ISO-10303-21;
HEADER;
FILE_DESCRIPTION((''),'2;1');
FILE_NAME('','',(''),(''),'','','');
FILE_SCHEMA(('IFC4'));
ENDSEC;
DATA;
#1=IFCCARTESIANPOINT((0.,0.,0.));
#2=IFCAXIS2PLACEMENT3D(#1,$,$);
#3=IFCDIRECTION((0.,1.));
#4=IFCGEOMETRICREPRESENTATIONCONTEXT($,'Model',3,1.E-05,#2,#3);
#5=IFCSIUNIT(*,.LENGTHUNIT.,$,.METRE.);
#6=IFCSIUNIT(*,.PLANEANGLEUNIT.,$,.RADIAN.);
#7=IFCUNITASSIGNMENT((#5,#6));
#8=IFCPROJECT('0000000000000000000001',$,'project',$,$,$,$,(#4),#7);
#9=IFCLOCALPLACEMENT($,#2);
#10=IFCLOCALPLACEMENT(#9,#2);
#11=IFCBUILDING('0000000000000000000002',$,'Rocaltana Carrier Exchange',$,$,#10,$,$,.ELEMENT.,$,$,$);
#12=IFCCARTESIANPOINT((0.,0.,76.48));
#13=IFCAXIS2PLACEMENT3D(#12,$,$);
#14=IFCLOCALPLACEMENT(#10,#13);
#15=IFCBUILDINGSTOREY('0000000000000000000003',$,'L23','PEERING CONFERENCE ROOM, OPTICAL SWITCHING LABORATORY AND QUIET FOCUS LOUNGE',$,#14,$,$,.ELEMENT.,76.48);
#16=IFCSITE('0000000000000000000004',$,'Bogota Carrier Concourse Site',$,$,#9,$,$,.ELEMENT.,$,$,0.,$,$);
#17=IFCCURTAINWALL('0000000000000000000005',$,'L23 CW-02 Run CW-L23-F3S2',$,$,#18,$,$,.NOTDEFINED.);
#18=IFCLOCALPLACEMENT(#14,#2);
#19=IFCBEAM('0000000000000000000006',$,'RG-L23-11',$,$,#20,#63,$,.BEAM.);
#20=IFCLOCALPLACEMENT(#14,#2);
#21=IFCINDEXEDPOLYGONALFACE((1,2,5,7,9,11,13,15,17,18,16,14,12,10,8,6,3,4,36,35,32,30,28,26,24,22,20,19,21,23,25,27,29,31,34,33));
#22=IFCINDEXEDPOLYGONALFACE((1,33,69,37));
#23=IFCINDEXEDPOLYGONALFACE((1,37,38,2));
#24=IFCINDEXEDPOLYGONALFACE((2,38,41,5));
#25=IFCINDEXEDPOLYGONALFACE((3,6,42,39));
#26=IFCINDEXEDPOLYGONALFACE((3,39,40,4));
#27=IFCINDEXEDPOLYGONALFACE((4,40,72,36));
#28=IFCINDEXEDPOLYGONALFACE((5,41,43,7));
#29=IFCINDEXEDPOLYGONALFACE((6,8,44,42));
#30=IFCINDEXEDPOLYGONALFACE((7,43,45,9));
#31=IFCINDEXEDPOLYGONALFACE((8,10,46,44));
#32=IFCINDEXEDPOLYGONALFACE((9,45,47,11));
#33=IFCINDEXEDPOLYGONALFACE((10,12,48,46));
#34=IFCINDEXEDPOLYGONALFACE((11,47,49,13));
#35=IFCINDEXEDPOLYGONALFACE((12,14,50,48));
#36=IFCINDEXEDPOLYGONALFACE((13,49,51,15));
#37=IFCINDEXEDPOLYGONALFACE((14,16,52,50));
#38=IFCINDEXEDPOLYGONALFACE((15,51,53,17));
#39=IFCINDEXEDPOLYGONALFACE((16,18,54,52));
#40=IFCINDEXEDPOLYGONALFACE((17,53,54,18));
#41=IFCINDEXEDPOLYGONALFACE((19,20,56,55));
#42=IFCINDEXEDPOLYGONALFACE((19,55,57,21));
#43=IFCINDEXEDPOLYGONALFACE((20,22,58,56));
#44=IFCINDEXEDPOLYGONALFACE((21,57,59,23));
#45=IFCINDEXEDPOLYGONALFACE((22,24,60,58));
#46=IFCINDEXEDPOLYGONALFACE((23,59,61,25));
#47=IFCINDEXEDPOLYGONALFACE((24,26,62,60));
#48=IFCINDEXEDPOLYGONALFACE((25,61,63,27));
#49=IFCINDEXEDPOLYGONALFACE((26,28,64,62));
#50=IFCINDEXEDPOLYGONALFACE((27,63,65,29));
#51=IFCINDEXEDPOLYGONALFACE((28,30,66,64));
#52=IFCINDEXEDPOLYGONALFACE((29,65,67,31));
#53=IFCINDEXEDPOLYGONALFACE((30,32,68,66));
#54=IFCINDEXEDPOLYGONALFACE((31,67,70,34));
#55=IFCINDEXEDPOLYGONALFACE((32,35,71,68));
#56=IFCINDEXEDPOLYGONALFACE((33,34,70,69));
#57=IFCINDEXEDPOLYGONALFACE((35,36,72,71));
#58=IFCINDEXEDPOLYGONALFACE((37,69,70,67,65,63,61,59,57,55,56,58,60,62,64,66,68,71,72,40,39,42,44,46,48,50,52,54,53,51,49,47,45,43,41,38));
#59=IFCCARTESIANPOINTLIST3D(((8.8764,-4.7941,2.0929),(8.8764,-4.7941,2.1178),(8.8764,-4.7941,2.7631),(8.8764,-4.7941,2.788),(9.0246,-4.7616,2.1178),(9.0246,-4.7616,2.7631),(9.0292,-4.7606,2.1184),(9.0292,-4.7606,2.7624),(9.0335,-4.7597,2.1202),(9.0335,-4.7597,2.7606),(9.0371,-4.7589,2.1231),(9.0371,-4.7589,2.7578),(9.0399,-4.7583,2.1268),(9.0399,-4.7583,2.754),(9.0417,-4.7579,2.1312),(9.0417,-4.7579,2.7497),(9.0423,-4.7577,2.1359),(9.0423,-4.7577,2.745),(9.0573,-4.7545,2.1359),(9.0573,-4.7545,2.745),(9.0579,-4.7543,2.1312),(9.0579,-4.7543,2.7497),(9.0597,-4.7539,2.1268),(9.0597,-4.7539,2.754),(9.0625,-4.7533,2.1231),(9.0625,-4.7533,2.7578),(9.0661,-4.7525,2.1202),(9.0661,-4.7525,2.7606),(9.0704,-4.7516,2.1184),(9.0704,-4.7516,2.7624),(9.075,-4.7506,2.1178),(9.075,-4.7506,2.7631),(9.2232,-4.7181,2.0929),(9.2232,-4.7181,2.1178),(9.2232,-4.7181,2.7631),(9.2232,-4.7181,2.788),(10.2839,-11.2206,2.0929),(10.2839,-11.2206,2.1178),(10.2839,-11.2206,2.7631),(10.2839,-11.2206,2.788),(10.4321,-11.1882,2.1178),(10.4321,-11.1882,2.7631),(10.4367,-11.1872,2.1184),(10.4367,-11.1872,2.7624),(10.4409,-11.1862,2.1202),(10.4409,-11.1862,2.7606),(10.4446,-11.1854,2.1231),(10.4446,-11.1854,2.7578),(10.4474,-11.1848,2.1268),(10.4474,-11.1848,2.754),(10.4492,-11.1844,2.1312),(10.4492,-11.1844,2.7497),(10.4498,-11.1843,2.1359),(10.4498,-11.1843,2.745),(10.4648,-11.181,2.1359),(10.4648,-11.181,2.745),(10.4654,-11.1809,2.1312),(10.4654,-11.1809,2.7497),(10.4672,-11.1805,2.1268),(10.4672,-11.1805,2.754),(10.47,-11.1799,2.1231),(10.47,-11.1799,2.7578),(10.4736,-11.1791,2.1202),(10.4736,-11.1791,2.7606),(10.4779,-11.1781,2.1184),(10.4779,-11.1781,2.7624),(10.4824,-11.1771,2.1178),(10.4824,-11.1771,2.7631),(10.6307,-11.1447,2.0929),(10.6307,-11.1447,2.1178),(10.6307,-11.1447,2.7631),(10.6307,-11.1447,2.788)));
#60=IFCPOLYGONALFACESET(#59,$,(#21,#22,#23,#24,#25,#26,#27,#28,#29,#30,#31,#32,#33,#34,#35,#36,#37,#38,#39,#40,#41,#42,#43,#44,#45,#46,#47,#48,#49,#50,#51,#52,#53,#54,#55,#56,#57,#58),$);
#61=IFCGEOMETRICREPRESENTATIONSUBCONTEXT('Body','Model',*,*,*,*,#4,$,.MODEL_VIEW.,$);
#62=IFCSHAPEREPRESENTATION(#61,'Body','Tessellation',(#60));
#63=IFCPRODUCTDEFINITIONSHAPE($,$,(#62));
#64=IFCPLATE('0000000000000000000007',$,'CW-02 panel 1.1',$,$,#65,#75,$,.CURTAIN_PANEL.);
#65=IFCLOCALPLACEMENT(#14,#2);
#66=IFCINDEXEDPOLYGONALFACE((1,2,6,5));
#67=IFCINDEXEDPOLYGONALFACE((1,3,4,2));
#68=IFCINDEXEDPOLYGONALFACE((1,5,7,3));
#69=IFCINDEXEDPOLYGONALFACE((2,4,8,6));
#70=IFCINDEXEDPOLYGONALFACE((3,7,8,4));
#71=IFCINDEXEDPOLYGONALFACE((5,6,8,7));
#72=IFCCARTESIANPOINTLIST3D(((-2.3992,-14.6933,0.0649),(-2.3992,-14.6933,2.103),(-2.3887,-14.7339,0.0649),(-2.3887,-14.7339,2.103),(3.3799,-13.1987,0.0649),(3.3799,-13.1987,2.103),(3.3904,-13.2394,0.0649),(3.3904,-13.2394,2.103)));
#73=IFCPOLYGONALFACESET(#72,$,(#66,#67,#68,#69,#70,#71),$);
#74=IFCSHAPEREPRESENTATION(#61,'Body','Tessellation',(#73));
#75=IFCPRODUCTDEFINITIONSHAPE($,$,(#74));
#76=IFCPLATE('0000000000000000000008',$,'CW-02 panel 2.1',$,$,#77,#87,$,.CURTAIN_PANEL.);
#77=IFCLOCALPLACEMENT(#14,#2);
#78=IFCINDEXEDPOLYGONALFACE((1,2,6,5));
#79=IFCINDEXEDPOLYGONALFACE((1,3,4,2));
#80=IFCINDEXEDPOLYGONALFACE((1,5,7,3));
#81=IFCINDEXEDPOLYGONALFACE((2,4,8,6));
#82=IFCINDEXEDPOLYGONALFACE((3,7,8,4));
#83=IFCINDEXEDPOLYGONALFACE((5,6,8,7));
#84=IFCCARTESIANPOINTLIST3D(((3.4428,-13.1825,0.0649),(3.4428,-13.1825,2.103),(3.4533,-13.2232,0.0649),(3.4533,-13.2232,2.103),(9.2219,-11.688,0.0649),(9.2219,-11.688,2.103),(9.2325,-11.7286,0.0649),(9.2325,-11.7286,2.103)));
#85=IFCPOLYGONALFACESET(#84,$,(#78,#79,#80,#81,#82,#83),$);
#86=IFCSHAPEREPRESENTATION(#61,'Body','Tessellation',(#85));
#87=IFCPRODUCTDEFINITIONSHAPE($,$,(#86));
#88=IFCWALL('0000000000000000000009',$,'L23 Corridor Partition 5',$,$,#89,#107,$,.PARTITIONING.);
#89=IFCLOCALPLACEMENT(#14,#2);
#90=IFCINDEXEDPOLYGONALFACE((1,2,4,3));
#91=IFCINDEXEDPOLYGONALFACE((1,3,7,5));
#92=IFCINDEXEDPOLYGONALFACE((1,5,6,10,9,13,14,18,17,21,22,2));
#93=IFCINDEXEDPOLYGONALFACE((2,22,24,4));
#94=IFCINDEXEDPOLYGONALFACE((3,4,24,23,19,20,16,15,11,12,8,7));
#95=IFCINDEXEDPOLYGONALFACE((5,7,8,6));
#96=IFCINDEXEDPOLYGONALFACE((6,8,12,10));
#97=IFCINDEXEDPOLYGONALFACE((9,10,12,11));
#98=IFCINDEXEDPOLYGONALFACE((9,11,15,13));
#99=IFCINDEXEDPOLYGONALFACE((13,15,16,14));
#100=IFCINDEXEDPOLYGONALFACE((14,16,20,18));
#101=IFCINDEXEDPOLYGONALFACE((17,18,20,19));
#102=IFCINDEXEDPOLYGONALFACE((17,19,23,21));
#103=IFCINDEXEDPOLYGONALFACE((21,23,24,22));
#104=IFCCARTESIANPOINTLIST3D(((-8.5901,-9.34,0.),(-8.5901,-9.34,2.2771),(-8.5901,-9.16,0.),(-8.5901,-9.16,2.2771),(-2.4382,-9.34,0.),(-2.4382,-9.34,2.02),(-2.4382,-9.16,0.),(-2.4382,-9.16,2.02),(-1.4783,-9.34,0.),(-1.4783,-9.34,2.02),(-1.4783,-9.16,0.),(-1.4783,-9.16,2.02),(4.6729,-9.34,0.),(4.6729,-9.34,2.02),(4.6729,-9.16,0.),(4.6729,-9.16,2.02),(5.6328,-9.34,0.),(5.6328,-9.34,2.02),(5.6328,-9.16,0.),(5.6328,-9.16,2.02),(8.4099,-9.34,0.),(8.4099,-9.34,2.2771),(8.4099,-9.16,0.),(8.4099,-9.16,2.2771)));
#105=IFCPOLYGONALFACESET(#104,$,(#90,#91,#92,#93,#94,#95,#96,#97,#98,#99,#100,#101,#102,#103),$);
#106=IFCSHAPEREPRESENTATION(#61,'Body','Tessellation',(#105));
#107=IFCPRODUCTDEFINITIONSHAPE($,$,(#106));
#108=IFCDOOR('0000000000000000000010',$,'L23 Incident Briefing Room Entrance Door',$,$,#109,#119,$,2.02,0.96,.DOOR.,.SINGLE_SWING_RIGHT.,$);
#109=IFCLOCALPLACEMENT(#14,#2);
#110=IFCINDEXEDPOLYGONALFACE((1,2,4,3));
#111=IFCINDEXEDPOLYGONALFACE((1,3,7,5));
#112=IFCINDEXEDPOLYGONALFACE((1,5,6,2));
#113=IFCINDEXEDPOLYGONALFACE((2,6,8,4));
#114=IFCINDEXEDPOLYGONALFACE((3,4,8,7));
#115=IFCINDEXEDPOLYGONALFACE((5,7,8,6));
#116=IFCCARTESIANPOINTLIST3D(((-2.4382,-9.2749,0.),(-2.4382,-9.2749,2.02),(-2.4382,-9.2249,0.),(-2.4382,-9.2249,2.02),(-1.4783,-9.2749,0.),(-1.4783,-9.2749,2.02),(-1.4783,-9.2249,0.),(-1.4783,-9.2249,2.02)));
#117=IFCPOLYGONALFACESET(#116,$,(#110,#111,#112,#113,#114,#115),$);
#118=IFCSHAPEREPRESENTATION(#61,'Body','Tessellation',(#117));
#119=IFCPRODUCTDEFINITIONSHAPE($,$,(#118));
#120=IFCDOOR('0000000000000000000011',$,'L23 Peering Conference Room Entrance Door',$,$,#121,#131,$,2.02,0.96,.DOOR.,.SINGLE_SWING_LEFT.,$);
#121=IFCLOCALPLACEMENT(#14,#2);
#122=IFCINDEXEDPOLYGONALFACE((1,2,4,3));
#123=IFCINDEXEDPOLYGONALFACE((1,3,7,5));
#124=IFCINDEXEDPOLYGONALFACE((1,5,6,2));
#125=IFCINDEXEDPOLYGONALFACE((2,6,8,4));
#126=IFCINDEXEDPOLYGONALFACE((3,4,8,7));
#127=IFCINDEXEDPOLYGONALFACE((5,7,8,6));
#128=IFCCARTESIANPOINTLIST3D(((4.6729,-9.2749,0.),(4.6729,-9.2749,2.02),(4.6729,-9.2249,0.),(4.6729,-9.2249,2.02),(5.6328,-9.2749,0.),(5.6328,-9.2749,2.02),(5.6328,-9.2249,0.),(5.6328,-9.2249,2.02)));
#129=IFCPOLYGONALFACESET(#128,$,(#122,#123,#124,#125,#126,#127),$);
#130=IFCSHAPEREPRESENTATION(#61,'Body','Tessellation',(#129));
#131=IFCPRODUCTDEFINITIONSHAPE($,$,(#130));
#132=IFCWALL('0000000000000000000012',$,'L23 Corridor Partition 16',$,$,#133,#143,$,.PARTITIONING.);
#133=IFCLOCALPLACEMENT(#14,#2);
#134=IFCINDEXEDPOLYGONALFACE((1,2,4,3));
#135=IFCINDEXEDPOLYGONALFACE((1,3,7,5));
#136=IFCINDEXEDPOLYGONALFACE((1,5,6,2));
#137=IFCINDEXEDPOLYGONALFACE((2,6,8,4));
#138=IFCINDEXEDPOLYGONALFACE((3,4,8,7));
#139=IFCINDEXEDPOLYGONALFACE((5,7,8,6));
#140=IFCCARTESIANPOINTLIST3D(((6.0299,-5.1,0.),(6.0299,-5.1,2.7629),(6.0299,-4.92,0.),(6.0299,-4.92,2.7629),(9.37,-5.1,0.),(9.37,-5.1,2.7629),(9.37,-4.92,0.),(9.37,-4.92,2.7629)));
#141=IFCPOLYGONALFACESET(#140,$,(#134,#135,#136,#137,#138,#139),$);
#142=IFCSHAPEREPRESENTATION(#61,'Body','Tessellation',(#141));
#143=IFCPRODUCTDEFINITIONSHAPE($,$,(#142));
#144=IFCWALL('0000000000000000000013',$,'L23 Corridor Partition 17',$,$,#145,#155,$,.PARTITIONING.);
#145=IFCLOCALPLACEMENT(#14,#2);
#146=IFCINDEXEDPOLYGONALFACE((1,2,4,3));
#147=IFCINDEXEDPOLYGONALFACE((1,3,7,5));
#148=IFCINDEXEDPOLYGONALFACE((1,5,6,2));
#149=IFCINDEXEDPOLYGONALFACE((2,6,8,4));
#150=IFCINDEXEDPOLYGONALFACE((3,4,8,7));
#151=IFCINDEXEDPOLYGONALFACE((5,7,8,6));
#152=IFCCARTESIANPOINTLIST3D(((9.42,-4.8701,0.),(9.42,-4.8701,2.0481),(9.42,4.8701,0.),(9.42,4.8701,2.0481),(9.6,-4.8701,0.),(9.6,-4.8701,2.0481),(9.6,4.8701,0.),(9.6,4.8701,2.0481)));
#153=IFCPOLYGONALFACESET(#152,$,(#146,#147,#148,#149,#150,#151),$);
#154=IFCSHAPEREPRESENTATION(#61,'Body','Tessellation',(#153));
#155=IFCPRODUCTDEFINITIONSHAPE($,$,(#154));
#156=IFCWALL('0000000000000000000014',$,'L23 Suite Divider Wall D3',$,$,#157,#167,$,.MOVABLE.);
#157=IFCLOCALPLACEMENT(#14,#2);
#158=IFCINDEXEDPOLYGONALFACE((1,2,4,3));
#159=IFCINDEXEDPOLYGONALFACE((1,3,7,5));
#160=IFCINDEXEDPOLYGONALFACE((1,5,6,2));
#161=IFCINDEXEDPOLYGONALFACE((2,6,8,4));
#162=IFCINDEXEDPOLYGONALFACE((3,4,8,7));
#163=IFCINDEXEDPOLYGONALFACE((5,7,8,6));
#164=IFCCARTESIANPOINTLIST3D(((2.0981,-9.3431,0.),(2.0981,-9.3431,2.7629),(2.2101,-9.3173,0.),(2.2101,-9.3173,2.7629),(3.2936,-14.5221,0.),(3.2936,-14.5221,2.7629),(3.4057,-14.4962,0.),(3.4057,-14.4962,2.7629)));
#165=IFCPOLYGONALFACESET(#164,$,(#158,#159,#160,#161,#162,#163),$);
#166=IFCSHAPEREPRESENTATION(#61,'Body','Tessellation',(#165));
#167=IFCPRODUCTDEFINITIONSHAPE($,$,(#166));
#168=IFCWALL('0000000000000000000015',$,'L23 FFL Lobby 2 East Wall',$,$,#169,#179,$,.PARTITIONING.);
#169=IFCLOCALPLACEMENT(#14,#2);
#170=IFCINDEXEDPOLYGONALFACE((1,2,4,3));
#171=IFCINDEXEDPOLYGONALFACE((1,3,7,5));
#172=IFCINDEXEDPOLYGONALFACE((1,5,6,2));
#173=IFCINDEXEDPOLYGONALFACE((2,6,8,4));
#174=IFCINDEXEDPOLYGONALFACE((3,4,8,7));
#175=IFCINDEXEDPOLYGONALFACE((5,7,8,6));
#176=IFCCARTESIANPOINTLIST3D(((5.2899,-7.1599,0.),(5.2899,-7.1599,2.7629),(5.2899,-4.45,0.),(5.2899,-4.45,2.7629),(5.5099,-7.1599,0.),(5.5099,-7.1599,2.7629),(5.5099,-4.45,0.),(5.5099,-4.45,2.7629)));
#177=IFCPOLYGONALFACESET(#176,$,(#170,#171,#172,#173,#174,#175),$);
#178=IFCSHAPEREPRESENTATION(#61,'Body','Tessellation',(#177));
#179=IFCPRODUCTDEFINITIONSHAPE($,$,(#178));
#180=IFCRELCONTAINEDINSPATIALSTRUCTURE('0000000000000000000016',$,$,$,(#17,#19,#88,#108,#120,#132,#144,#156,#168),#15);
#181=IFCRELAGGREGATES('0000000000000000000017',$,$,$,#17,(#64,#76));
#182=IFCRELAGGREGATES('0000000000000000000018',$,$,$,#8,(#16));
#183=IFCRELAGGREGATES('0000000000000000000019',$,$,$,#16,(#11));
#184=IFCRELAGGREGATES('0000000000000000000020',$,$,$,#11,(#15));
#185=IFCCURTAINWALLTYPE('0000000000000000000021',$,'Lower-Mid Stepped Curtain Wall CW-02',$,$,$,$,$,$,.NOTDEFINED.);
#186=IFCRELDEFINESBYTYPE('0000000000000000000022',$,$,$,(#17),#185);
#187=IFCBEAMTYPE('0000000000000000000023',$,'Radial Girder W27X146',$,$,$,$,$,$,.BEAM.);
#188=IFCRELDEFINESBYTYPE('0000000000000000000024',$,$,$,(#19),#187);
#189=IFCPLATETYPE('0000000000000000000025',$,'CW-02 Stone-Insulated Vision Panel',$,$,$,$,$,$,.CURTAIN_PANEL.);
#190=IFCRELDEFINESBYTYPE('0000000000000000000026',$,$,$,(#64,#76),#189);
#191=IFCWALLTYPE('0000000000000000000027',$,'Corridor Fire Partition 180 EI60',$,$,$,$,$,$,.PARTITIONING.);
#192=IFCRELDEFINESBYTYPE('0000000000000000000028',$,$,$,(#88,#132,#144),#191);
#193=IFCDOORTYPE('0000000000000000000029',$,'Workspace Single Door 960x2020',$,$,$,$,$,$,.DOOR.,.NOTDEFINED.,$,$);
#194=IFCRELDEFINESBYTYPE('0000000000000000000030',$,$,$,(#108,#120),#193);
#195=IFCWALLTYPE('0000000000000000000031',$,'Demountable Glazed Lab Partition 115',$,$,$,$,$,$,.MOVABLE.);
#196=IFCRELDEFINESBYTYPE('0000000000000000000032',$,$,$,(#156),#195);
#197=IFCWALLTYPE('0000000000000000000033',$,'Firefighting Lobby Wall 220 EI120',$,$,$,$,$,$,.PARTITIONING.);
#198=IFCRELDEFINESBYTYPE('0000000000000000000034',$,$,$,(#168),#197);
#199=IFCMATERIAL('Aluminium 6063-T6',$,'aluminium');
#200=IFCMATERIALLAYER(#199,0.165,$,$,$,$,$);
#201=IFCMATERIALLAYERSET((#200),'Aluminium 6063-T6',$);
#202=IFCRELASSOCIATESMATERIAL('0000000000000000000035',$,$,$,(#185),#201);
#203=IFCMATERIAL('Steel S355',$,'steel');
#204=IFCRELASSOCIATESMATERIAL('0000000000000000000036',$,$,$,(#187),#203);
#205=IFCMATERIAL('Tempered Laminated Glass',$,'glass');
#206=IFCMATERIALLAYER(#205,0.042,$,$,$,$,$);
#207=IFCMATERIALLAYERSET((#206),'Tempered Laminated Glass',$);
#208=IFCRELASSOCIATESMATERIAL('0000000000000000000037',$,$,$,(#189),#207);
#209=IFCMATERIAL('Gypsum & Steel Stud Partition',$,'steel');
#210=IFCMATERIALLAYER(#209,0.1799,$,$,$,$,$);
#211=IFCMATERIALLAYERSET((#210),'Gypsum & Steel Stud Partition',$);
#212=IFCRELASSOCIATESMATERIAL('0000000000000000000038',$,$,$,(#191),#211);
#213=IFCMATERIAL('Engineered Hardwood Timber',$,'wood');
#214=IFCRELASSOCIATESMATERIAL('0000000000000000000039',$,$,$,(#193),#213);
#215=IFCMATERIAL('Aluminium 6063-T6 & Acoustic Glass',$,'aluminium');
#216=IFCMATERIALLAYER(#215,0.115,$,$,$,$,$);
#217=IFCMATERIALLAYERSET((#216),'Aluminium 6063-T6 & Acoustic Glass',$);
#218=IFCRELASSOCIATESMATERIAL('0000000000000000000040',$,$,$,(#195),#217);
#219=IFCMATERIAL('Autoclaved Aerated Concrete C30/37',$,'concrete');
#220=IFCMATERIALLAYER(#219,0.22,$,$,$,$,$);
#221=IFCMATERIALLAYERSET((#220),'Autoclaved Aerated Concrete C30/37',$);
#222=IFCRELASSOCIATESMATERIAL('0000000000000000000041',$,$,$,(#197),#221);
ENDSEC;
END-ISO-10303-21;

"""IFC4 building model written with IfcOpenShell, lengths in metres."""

from ifc_helpers import new_model, si_unit, direction, frame, frame_2d, origin, origin_2d, place, context, subcontext, project, spatial, rectangle, i_section, extrude, material, layer, layer_set, material_profile, profile_set, type_object, element, fill, aggregate, save


model = new_model("IFC4")

# Units and contexts
model_context = context("Model", 3, precision=1e-05, world=origin(), true_north=direction((0.0, 1.0)))
body_context = subcontext(model_context, "Body", "Model", "MODEL_VIEW")
ifc_project = project(units=[si_unit("LENGTHUNIT", "METRE"), si_unit("PLANEANGLEUNIT", "RADIAN")], contexts=[model_context])

# Site, building, storey
site_placement = place(None, origin())
site = spatial("IfcSite", under=ifc_project, at=site_placement, Name="Bogota Carrier Concourse Site", CompositionType="ELEMENT", RefElevation=0.0)
building_placement = place(site_placement, origin())
building = spatial("IfcBuilding", under=site, at=building_placement, Name="Rocaltana Carrier Exchange", CompositionType="ELEMENT")
storey_placement = place(building_placement, frame((0.0, 0.0, 76.48)))
storey = spatial("IfcBuildingStorey", under=building, at=storey_placement, Name="L23", Description="PEERING CONFERENCE ROOM, OPTICAL SWITCHING LABORATORY AND QUIET FOCUS LOUNGE", CompositionType="ELEMENT", Elevation=76.48)

# Curtain wall
ifc_material_1 = material(Name="Aluminium 6063-T6", Category="aluminium")
ifc_layer_1 = layer(ifc_material_1, 0.165)
ifc_layer_set_1 = layer_set([ifc_layer_1], Name="Aluminium 6063-T6")
curtain_wall_type = type_object("IfcCurtainWallType", Name="Lower-Mid Stepped Curtain Wall CW-02", PredefinedType="NOTDEFINED", material=ifc_layer_set_1)
curtain_wall_placement = place(storey_placement, origin())
curtain_wall = element("IfcCurtainWall", 1, at=curtain_wall_placement, inside=storey, type_object=curtain_wall_type, Name="L23 CW-02 Run CW-L23-F3S2", PredefinedType="NOTDEFINED")

# Beam
ifc_material_2 = material(Name="Steel S355", Category="steel")
ifc_material_profile_1 = material_profile(ifc_material_2, i_section(OverallWidth=0.355, OverallDepth=0.6951, WebThickness=0.0154, FlangeThickness=0.0249, FilletRadius=0.0181, at=origin_2d()), Name="W27X146")
ifc_profile_set_1 = profile_set([ifc_material_profile_1], Name="Steel S355")
beam_type_1 = type_object("IfcBeamType", Name="Radial Girder W27X146", PredefinedType="BEAM", material=ifc_profile_set_1)
beam_1_placement = place(storey_placement, frame((9.0498, -4.7561, 2.4404), z_axis=(0.213939, -0.976847, 0.0), x_axis=(0.976847, 0.213939, 0.0)))
element("IfcBeam", 2, at=beam_1_placement, inside=storey, type_object=beam_type_1, Name="RG-L23-11", PredefinedType="BEAM", context=body_context, shape_type="SweptSolid", body=[
    extrude(i_section(OverallWidth=0.355, OverallDepth=0.6951, WebThickness=0.0154, FlangeThickness=0.0249, FilletRadius=0.0181, at=origin_2d()), origin(), (0.0, 0.0, 1.0), 6.5789),
])

# Plates
ifc_material_3 = material(Name="Tempered Laminated Glass", Category="glass")
ifc_layer_2 = layer(ifc_material_3, 0.042)
ifc_layer_set_2 = layer_set([ifc_layer_2], Name="Tempered Laminated Glass")
plate_type = type_object("IfcPlateType", Name="CW-02 Stone-Insulated Vision Panel", PredefinedType="CURTAIN_PANEL", material=ifc_layer_set_2)
plate_1_placement = place(storey_placement, frame((0.4956, -13.9663, 0.0649), z_axis=(0.0, 0.0, 1.0), x_axis=(0.968148, 0.250378, 0.0)))
plate_1 = element("IfcPlate", 3, at=plate_1_placement, type_object=plate_type, Name="CW-02 panel 1.1", PredefinedType="CURTAIN_PANEL", context=body_context, shape_type="SweptSolid", body=[
    extrude(rectangle(XDim=5.9692, YDim=0.042, at=origin_2d()), origin(), (0.0, 0.0, 1.0), 2.0381),
])
plate_2_placement = place(storey_placement, frame((6.3376, -12.4556, 0.0649), z_axis=(0.0, 0.0, 1.0), x_axis=(0.968148, 0.250378, 0.0)))
plate_2 = element("IfcPlate", 4, at=plate_2_placement, type_object=plate_type, Name="CW-02 panel 2.1", PredefinedType="CURTAIN_PANEL", context=body_context, shape_type="SweptSolid", body=[
    extrude(rectangle(XDim=5.9692, YDim=0.042, at=origin_2d()), origin(), (0.0, 0.0, 1.0), 2.0381),
])
aggregate(curtain_wall, [plate_1, plate_2])

# Wall, openings, doors
ifc_material_4 = material(Name="Gypsum & Steel Stud Partition", Category="steel")
ifc_layer_3 = layer(ifc_material_4, 0.1799)
ifc_layer_set_3 = layer_set([ifc_layer_3], Name="Gypsum & Steel Stud Partition")
wall_type_1 = type_object("IfcWallType", Name="Corridor Fire Partition 180 EI60", PredefinedType="PARTITIONING", material=ifc_layer_set_3)
wall_1_placement = place(storey_placement, frame((8.4099, -9.25, 0.0), z_axis=(0.0, 0.0, 1.0), x_axis=(-1.0, 0.0, 0.0)))
wall_1 = element("IfcWall", 5, at=wall_1_placement, inside=storey, type_object=wall_type_1, Name="L23 Corridor Partition 5", PredefinedType="PARTITIONING", context=body_context, shape_type="SweptSolid", body=[
    extrude(rectangle(XDim=17.0, YDim=0.1799, at=frame_2d((8.5, 0.0))), origin(), (0.0, 0.0, 1.0), 2.2771),
])
opening_1_placement = place(wall_1_placement, frame((9.8882, 0.0, 0.0)))
opening_1 = element("IfcOpeningElement", 6, at=opening_1_placement, cuts=wall_1, PredefinedType="OPENING", context=body_context, shape_type="SweptSolid", body=[
    extrude(rectangle(XDim=0.96, YDim=2.02, at=frame_2d((0.48, 1.01))), frame((0.0, 0.0999, 0.0), z_axis=(0.0, -1.0, 0.0), x_axis=(1.0, 0.0, 0.0)), (0.0, 0.0, 1.0), 0.2),
])
opening_2_placement = place(wall_1_placement, frame((2.7771, 0.0, 0.0)))
opening_2 = element("IfcOpeningElement", 7, at=opening_2_placement, cuts=wall_1, PredefinedType="OPENING", context=body_context, shape_type="SweptSolid", body=[
    extrude(rectangle(XDim=0.96, YDim=2.02, at=frame_2d((0.48, 1.01))), frame((0.0, 0.0999, 0.0), z_axis=(0.0, -1.0, 0.0), x_axis=(1.0, 0.0, 0.0)), (0.0, 0.0, 1.0), 0.2),
])
ifc_material_5 = material(Name="Engineered Hardwood Timber", Category="wood")
door_type_1 = type_object("IfcDoorType", Name="Workspace Single Door 960x2020", OperationType="NOTDEFINED", PredefinedType="DOOR", material=ifc_material_5)
door_1_placement = place(opening_1_placement, origin())
door_1 = element("IfcDoor", 8, at=door_1_placement, inside=storey, type_object=door_type_1, Name="L23 Incident Briefing Room Entrance Door", OperationType="SINGLE_SWING_RIGHT", OverallHeight=2.02, OverallWidth=0.96, PredefinedType="DOOR", context=body_context, shape_type="SweptSolid", body=[
    extrude(rectangle(XDim=0.96, YDim=2.02, at=frame_2d((0.48, 1.01))), frame((0.0, 0.0249, 0.0), z_axis=(0.0, -1.0, 0.0), x_axis=(1.0, 0.0, 0.0)), (0.0, 0.0, 1.0), 0.05),
])
fill(opening_1, door_1)
door_2_placement = place(opening_2_placement, origin())
door_2 = element("IfcDoor", 9, at=door_2_placement, inside=storey, type_object=door_type_1, Name="L23 Peering Conference Room Entrance Door", OperationType="SINGLE_SWING_LEFT", OverallHeight=2.02, OverallWidth=0.96, PredefinedType="DOOR", context=body_context, shape_type="SweptSolid", body=[
    extrude(rectangle(XDim=0.96, YDim=2.02, at=frame_2d((0.48, 1.01))), frame((0.0, 0.0249, 0.0), z_axis=(0.0, -1.0, 0.0), x_axis=(1.0, 0.0, 0.0)), (0.0, 0.0, 1.0), 0.05),
])
fill(opening_2, door_2)

# Walls
wall_2_placement = place(storey_placement, frame((6.03, -5.01, 0.0), z_axis=(0.0, 0.0, 1.0), x_axis=(1.0, 0.0, 0.0)))
element("IfcWall", 10, at=wall_2_placement, inside=storey, type_object=wall_type_1, Name="L23 Corridor Partition 16", PredefinedType="PARTITIONING", context=body_context, shape_type="SweptSolid", body=[
    extrude(rectangle(XDim=3.3401, YDim=0.1799, at=frame_2d((1.6699, 0.0))), origin(), (0.0, 0.0, 1.0), 2.7629),
])
wall_3_placement = place(storey_placement, frame((9.51, -4.8701, 0.0), z_axis=(0.0, 0.0, 1.0), x_axis=(0.0, 1.0, 0.0)))
element("IfcWall", 11, at=wall_3_placement, inside=storey, type_object=wall_type_1, Name="L23 Corridor Partition 17", PredefinedType="PARTITIONING", context=body_context, shape_type="SweptSolid", body=[
    extrude(rectangle(XDim=9.7402, YDim=0.1799, at=frame_2d((4.8701, 0.0))), origin(), (0.0, 0.0, 1.0), 2.0481),
])
ifc_material_6 = material(Name="Aluminium 6063-T6 & Acoustic Glass", Category="aluminium")
ifc_layer_4 = layer(ifc_material_6, 0.115)
ifc_layer_set_4 = layer_set([ifc_layer_4], Name="Aluminium 6063-T6 & Acoustic Glass")
wall_type_2 = type_object("IfcWallType", Name="Demountable Glazed Lab Partition 115", PredefinedType="MOVABLE", material=ifc_layer_set_4)
wall_4_placement = place(storey_placement, frame((2.1541, -9.3301, 0.0), z_axis=(0.0, 0.0, 1.0), x_axis=(0.224933, -0.974374, 0.0)))
element("IfcWall", 12, at=wall_4_placement, inside=storey, type_object=wall_type_2, Name="L23 Suite Divider Wall D3", PredefinedType="MOVABLE", context=body_context, shape_type="SweptSolid", body=[
    extrude(rectangle(XDim=5.3152, YDim=0.115, at=frame_2d((2.6577, 0.0))), origin(), (0.0, 0.0, 1.0), 2.7629),
])
ifc_material_7 = material(Name="Autoclaved Aerated Concrete C30/37", Category="concrete")
ifc_layer_5 = layer(ifc_material_7, 0.22)
ifc_layer_set_5 = layer_set([ifc_layer_5], Name="Autoclaved Aerated Concrete C30/37")
wall_type_3 = type_object("IfcWallType", Name="Firefighting Lobby Wall 220 EI120", PredefinedType="PARTITIONING", material=ifc_layer_set_5)
wall_5_placement = place(storey_placement, frame((5.3999, -7.1599, 0.0), z_axis=(0.0, 0.0, 1.0), x_axis=(0.0, 1.0, 0.0)))
element("IfcWall", 13, at=wall_5_placement, inside=storey, type_object=wall_type_3, Name="L23 FFL Lobby 2 East Wall", PredefinedType="PARTITIONING", context=body_context, shape_type="SweptSolid", body=[
    extrude(rectangle(XDim=2.71, YDim=0.22, at=frame_2d((1.355, 0.0))), origin(), (0.0, 0.0, 1.0), 2.7629),
])

save(model, "model.ifc")
